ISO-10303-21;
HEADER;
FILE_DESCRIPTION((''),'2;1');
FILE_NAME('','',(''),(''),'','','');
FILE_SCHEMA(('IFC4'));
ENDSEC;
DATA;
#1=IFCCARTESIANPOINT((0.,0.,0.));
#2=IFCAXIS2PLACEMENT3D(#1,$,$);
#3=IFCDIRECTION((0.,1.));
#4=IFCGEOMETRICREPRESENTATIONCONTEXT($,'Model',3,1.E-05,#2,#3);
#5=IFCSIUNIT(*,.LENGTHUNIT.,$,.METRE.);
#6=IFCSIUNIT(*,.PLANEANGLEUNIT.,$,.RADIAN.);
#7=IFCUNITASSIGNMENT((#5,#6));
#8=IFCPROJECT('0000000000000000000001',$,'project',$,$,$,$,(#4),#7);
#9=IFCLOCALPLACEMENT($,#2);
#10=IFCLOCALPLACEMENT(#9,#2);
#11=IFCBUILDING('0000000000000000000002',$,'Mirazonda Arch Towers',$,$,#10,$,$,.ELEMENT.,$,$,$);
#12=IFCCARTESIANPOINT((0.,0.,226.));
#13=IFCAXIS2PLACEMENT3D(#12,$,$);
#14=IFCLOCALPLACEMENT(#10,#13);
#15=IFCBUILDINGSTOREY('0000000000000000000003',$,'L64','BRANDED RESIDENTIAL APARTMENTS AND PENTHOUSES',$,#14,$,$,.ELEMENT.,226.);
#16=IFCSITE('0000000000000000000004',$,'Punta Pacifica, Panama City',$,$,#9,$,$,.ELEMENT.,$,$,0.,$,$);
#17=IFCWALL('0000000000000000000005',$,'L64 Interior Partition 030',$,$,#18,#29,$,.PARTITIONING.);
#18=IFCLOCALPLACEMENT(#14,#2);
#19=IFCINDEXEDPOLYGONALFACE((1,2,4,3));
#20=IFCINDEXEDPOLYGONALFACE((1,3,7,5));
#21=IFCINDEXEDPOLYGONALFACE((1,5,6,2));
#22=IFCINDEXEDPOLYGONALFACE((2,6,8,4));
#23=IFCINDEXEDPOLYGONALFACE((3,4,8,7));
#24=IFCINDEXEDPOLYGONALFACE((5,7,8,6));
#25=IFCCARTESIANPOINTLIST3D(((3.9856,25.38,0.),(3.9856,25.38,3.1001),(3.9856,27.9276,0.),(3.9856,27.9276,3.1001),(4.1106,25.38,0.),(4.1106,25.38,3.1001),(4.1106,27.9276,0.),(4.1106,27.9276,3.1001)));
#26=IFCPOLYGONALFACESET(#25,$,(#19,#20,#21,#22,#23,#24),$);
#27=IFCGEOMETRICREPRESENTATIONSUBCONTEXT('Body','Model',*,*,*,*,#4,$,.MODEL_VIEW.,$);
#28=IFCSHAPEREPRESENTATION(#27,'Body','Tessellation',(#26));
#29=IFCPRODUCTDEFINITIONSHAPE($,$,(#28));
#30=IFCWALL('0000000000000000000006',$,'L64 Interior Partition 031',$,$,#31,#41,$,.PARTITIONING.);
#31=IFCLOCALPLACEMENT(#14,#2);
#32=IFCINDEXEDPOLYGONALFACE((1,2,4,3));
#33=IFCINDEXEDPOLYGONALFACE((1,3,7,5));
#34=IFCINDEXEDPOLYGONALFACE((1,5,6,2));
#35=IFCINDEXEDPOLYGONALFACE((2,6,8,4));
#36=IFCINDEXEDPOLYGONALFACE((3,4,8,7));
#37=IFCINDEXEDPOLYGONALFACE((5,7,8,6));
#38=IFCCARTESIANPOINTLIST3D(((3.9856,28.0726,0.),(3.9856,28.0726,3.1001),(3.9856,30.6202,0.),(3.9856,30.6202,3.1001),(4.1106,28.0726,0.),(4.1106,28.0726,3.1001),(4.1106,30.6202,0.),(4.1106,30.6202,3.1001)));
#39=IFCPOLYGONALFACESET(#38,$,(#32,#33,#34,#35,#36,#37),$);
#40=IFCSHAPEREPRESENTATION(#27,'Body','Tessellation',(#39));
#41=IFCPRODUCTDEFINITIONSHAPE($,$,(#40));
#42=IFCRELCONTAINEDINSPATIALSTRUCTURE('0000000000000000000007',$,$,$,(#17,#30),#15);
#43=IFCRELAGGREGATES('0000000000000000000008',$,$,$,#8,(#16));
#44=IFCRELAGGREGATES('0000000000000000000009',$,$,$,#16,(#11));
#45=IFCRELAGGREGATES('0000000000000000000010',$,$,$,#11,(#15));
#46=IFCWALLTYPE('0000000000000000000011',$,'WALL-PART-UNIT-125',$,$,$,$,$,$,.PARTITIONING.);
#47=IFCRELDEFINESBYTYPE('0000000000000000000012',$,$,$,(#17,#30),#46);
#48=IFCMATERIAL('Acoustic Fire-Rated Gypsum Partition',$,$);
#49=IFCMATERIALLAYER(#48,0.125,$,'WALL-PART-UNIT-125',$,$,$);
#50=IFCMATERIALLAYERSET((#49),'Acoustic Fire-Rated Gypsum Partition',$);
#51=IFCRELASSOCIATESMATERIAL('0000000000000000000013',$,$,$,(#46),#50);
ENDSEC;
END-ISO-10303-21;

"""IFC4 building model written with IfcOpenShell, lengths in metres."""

from ifc_helpers import new_model, si_unit, direction, frame, frame_2d, origin, place, context, subcontext, project, spatial, rectangle, extrude, material, layer, layer_set, type_object, element, save


model = new_model("IFC4")

# Units and contexts
model_context = context("Model", 3, precision=1e-05, world=origin(), true_north=direction((0.0, 1.0)))
body_context = subcontext(model_context, "Body", "Model", "MODEL_VIEW")
ifc_project = project(units=[si_unit("LENGTHUNIT", "METRE"), si_unit("PLANEANGLEUNIT", "RADIAN")], contexts=[model_context])

# Site, building, storey
site_placement = place(None, origin())
site = spatial("IfcSite", under=ifc_project, at=site_placement, Name="Punta Pacifica, Panama City", CompositionType="ELEMENT", RefElevation=0.0)
building_placement = place(site_placement, origin())
building = spatial("IfcBuilding", under=site, at=building_placement, Name="Mirazonda Arch Towers", CompositionType="ELEMENT")
storey_placement = place(building_placement, frame((0.0, 0.0, 226.0)))
storey = spatial("IfcBuildingStorey", under=building, at=storey_placement, Name="L64", Description="BRANDED RESIDENTIAL APARTMENTS AND PENTHOUSES", CompositionType="ELEMENT", Elevation=226.0)

# Walls
ifc_material_1 = material(Name="Acoustic Fire-Rated Gypsum Partition")
ifc_layer_1 = layer(ifc_material_1, 0.125, Name="WALL-PART-UNIT-125")
ifc_layer_set_1 = layer_set([ifc_layer_1], Name="Acoustic Fire-Rated Gypsum Partition")
wall_type_1 = type_object("IfcWallType", Name="WALL-PART-UNIT-125", PredefinedType="PARTITIONING", material=ifc_layer_set_1)
for number, where, z_axis, x_axis, name in (
    (1, (4.0481, 25.3799, 0.0), (0.0, 0.0, 1.0), (0.0, 1.0, 0.0), "L64 Interior Partition 030"),
    (2, (4.0481, 28.0725, 0.0), (0.0, 0.0, 1.0), (0.0, 1.0, 0.0), "L64 Interior Partition 031"),
):
    element("IfcWall", number, at=place(storey_placement, frame(where, z_axis=z_axis, x_axis=x_axis)), inside=storey, type_object=wall_type_1, Name=name, PredefinedType="PARTITIONING", context=body_context, shape_type="SweptSolid", body=[
        extrude(rectangle(XDim=2.5476, YDim=0.125, at=frame_2d((1.2739, 0.0))), origin(), (0.0, 0.0, 1.0), 3.1001),
    ])

save(model, "model.ifc")
